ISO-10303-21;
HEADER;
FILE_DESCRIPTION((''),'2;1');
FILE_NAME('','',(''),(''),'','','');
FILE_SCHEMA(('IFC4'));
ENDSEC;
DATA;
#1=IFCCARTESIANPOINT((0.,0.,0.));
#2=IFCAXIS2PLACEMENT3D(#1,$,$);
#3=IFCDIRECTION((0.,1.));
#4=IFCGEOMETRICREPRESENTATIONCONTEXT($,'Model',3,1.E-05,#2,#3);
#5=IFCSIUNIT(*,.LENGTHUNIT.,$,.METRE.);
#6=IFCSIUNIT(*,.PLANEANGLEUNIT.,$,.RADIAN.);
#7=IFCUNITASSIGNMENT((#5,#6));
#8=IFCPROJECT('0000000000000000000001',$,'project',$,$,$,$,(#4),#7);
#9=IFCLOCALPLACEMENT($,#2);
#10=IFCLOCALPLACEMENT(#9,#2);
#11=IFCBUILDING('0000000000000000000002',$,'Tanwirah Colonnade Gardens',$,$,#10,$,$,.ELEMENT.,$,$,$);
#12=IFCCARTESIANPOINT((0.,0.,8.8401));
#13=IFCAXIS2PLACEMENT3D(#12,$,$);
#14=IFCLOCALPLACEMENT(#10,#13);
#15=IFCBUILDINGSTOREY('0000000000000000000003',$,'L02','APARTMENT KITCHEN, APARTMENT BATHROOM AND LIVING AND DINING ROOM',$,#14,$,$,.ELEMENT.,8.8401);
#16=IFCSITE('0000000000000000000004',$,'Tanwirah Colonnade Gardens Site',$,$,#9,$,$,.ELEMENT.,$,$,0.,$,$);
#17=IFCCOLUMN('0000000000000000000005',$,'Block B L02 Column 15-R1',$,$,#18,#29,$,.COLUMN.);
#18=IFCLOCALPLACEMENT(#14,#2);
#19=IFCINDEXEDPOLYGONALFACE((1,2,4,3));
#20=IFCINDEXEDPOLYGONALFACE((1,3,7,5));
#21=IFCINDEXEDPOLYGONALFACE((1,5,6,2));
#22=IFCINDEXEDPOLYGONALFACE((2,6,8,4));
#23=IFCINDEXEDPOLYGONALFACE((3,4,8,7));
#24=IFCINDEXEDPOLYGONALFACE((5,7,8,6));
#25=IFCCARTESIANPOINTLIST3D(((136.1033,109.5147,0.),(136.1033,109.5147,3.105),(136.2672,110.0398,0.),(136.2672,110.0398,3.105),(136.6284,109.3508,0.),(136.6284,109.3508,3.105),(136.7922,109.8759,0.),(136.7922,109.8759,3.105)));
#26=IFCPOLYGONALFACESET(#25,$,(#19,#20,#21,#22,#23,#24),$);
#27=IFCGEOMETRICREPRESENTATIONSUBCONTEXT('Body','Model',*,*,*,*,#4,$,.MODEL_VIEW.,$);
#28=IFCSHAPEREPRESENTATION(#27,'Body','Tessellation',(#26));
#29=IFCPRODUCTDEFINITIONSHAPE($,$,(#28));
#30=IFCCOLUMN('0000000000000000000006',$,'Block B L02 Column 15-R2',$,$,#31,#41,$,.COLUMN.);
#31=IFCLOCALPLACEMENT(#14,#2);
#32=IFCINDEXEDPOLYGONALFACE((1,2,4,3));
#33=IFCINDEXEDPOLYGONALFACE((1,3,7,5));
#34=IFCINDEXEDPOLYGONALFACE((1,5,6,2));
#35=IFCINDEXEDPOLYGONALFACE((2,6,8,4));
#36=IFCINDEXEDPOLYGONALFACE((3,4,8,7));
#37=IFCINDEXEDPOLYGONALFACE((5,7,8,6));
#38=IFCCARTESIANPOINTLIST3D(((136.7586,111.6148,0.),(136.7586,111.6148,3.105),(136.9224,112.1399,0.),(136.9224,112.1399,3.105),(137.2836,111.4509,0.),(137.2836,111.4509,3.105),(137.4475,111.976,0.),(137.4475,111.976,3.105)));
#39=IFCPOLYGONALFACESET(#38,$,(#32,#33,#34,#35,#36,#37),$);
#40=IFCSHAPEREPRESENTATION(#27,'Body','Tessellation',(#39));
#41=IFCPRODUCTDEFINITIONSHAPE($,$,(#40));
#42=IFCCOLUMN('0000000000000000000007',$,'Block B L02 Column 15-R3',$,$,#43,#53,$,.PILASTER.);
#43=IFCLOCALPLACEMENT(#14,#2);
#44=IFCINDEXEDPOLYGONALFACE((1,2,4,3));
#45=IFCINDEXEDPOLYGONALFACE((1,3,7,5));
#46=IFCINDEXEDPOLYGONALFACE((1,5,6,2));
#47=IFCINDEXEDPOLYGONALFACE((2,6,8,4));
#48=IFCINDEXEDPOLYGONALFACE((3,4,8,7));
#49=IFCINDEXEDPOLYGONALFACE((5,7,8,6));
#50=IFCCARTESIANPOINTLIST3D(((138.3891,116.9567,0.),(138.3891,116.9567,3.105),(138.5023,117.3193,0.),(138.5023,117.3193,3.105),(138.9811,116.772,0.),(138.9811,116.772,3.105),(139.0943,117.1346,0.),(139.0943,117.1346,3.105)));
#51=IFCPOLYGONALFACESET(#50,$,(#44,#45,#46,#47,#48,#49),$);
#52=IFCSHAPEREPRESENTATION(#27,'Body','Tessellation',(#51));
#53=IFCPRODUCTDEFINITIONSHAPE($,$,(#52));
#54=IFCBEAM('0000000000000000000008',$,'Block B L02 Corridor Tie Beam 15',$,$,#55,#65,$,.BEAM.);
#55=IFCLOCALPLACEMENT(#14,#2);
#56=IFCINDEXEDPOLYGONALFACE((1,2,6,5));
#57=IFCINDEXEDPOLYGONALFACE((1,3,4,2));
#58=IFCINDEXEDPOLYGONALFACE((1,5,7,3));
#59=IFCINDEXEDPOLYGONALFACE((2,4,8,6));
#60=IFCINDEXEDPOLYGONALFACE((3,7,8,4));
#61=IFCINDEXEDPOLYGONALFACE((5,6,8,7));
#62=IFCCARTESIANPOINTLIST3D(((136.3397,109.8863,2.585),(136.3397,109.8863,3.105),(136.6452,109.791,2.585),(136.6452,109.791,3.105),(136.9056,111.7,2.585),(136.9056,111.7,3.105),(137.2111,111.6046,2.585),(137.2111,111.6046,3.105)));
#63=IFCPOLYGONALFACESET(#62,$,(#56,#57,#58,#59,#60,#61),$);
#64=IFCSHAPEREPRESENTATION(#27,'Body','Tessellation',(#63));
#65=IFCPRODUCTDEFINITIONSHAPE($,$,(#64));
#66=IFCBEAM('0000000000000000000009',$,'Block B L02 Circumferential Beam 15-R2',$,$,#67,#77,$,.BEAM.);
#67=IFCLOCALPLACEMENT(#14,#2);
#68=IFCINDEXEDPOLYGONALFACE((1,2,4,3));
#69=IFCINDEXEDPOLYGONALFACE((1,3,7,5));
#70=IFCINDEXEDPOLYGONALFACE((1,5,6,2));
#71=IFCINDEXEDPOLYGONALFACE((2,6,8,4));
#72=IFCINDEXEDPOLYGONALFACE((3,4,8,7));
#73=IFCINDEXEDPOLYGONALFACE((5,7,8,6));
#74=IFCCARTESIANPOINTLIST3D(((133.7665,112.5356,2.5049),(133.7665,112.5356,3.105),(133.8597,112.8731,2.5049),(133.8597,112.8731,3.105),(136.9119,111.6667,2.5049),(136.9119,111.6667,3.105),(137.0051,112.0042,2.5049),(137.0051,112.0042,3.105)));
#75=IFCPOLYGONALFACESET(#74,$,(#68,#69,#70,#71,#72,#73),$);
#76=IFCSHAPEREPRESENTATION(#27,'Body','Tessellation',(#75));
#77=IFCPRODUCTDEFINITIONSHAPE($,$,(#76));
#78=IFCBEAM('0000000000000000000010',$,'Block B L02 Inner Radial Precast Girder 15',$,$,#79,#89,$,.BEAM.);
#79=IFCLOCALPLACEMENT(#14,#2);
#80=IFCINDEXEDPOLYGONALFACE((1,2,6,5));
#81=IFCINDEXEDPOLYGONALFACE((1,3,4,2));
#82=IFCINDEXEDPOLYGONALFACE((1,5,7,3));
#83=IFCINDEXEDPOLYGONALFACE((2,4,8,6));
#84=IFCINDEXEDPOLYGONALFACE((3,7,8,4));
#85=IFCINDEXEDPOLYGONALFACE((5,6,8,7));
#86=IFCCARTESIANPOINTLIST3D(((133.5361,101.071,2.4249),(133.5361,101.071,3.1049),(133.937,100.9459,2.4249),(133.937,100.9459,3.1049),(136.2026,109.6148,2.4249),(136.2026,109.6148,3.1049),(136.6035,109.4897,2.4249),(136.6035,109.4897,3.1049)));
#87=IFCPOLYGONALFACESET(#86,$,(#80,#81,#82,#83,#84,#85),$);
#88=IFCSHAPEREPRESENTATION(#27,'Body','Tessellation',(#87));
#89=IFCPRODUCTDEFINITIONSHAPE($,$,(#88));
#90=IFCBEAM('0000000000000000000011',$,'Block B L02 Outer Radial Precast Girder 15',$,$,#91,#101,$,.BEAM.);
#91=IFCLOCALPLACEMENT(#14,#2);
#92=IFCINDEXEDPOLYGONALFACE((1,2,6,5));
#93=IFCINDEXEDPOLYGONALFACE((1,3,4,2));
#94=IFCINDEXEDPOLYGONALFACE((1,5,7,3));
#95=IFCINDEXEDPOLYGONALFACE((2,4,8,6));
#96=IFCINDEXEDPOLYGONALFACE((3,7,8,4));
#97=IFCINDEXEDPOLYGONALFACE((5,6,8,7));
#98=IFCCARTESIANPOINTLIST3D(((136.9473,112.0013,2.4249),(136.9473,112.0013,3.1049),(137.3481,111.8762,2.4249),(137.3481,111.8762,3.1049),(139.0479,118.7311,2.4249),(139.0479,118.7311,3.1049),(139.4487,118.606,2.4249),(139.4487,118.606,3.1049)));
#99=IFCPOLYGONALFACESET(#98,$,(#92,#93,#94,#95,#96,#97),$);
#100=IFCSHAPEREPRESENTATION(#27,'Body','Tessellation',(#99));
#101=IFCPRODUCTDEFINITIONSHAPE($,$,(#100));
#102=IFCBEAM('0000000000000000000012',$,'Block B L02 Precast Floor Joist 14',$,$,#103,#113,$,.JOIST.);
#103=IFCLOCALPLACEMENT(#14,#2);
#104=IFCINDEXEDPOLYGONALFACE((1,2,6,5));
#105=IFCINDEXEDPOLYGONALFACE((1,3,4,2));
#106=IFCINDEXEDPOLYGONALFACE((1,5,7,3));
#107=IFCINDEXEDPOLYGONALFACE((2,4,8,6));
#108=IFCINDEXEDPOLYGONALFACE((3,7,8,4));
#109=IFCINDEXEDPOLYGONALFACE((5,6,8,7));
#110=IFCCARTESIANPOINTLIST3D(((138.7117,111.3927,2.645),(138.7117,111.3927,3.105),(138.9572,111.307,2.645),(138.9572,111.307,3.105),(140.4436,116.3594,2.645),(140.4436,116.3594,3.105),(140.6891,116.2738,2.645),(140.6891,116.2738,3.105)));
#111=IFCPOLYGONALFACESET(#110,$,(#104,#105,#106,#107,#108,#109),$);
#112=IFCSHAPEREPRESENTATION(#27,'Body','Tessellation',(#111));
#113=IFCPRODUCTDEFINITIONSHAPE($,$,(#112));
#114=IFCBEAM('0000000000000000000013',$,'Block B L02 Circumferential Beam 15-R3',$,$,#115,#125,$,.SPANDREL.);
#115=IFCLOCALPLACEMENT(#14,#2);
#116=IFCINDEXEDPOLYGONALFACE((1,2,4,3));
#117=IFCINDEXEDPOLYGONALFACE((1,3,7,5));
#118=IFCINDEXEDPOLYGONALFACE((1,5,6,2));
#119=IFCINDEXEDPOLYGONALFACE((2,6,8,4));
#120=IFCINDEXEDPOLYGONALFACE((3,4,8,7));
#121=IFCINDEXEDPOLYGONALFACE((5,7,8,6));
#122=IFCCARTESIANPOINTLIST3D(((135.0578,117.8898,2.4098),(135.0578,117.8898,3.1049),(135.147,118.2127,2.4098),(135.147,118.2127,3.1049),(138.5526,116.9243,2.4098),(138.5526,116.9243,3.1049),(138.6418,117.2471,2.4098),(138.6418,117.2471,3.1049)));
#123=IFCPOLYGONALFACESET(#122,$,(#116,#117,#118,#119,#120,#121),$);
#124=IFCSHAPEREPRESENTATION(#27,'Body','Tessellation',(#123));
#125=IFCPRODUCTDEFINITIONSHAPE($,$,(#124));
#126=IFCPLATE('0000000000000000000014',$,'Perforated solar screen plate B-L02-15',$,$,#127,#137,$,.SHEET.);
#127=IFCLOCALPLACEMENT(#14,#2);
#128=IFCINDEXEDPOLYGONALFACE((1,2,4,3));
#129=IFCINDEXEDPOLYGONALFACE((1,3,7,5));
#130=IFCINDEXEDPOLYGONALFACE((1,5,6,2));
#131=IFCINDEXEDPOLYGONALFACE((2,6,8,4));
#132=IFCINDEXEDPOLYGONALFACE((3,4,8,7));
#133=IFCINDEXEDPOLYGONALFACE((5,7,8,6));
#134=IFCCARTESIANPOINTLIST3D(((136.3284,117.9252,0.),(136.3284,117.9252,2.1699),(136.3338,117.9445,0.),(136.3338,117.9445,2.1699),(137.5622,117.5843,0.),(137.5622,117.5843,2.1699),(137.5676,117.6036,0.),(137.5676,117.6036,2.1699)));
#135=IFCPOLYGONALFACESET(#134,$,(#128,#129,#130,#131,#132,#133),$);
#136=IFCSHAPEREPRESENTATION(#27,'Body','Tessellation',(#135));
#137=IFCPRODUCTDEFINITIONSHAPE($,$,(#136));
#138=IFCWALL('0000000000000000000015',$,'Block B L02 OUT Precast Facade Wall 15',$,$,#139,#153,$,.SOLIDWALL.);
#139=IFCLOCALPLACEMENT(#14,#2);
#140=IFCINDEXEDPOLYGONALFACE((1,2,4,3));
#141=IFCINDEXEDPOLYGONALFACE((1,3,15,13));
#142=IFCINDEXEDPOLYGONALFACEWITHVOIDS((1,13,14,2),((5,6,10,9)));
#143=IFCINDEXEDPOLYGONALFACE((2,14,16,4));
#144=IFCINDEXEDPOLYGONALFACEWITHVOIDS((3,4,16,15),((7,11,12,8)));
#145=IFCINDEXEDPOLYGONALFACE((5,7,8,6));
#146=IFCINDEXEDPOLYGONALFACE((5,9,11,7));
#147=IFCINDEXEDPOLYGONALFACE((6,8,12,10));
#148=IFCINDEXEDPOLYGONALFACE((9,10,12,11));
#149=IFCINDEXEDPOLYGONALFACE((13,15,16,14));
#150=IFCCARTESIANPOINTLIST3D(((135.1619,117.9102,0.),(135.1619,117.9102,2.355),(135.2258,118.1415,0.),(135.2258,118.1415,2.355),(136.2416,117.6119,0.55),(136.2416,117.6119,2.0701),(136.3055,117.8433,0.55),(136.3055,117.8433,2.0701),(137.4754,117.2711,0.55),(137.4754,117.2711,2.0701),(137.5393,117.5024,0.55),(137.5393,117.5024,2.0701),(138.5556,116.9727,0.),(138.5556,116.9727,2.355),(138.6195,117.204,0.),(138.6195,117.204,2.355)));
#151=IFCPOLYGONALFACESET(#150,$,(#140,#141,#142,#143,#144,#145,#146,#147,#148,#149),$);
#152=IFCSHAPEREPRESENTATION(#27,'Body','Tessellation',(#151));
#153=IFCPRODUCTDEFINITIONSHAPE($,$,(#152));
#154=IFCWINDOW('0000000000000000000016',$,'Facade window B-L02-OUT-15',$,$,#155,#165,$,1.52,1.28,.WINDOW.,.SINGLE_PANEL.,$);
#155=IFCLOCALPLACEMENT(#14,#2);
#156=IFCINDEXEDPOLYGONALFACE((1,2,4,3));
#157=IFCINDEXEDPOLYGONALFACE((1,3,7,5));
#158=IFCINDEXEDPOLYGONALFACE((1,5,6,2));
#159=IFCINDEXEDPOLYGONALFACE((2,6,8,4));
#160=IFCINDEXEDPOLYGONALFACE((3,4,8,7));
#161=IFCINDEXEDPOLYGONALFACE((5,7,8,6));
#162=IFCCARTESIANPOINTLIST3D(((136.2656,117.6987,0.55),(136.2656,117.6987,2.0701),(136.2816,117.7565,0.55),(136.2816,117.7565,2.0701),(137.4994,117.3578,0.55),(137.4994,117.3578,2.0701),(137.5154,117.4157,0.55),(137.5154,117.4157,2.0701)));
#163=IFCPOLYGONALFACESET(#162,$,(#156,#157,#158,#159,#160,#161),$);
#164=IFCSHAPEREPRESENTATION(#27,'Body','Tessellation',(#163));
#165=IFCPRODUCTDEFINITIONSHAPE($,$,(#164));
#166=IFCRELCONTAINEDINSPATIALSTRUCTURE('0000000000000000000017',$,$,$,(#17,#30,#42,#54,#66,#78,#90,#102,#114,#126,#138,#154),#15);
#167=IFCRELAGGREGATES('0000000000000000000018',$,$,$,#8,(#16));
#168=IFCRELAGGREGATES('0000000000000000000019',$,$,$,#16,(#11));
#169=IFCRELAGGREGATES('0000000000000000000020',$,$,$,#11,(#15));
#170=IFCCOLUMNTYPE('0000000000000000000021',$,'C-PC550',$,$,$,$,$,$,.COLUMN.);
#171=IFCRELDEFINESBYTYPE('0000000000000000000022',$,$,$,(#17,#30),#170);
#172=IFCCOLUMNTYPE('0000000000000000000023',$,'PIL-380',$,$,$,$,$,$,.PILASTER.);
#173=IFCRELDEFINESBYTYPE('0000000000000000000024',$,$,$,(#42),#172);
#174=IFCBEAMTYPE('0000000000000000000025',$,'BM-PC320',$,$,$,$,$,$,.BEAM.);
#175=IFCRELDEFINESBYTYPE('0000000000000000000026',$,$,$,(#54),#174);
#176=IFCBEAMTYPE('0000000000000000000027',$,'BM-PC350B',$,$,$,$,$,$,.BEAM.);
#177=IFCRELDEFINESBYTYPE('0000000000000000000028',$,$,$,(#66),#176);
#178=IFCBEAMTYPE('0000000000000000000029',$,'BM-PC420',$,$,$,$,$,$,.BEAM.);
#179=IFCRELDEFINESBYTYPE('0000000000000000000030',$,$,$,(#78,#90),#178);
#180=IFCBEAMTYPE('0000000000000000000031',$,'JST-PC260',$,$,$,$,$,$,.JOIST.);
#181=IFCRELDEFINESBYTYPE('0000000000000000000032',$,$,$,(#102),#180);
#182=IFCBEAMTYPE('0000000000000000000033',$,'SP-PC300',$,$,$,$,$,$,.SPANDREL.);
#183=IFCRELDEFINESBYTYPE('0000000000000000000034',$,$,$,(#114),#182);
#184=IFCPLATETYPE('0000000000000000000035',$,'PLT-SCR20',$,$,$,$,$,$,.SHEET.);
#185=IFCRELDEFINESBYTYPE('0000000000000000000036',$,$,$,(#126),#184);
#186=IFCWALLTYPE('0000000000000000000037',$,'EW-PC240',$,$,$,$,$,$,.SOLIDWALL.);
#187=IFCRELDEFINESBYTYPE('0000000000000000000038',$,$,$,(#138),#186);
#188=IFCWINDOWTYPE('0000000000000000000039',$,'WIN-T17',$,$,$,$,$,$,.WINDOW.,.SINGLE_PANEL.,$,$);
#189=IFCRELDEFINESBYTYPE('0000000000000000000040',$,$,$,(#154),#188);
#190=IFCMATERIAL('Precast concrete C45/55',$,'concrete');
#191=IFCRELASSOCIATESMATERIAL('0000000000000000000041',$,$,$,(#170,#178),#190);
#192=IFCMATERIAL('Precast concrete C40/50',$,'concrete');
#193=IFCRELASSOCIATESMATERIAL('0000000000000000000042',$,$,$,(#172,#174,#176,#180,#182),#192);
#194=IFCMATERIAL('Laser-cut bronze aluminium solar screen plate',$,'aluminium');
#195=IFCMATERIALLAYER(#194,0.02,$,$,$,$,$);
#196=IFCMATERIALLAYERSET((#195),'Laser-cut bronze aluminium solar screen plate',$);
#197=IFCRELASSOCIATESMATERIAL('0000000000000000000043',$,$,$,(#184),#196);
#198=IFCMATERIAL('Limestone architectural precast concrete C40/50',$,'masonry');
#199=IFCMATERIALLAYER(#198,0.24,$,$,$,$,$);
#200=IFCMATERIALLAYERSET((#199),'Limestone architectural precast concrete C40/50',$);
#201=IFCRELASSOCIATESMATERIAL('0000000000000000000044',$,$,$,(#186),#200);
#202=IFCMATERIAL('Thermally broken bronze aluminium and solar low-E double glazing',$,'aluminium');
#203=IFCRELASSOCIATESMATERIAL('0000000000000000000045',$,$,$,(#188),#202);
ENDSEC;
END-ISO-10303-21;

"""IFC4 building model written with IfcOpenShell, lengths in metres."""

from ifc_helpers import new_model, si_unit, direction, frame, frame_2d, origin, origin_2d, place, context, subcontext, project, spatial, rectangle, extrude, material, layer, layer_set, material_profile, profile_set, type_object, element, fill, save


model = new_model("IFC4")

# Units and contexts
model_context = context("Model", 3, precision=1e-05, world=origin(), true_north=direction((0.0, 1.0)))
body_context = subcontext(model_context, "Body", "Model", "MODEL_VIEW")
ifc_project = project(units=[si_unit("LENGTHUNIT", "METRE"), si_unit("PLANEANGLEUNIT", "RADIAN")], contexts=[model_context])

# Site, building, storey
site_placement = place(None, origin())
site = spatial("IfcSite", under=ifc_project, at=site_placement, Name="Tanwirah Colonnade Gardens Site", CompositionType="ELEMENT", RefElevation=0.0)
building_placement = place(site_placement, origin())
building = spatial("IfcBuilding", under=site, at=building_placement, Name="Tanwirah Colonnade Gardens", CompositionType="ELEMENT")
storey_placement = place(building_placement, frame((0.0, 0.0, 8.8401)))
storey = spatial("IfcBuildingStorey", under=building, at=storey_placement, Name="L02", Description="APARTMENT KITCHEN, APARTMENT BATHROOM AND LIVING AND DINING ROOM", CompositionType="ELEMENT", Elevation=8.8401)

# Columns
ifc_material_1 = material(Name="Precast concrete C45/55", Category="concrete")
ifc_material_profile_1 = material_profile(ifc_material_1, rectangle(XDim=0.55, YDim=0.55, at=origin_2d()), Name="PC-COL 550x550")
ifc_profile_set_1 = profile_set([ifc_material_profile_1], Name="Precast concrete C45/55")
column_type_1 = type_object("IfcColumnType", Name="C-PC550", PredefinedType="COLUMN", material=ifc_profile_set_1)
for number, where, z_axis, x_axis, name in (
    (1, (136.4478, 109.6953, 0.0), (0.0, 0.0, 1.0), (0.29793, 0.954588, 0.0), "Block B L02 Column 15-R1"),
    (2, (137.103, 111.7954, 0.0), (0.0, 0.0, 1.0), (0.29793, 0.954588, 0.0), "Block B L02 Column 15-R2"),
):
    element("IfcColumn", number, at=place(storey_placement, frame(where, z_axis=z_axis, x_axis=x_axis)), inside=storey, type_object=column_type_1, Name=name, PredefinedType="COLUMN", context=body_context, shape_type="SweptSolid", body=[
        extrude(rectangle(XDim=0.55, YDim=0.55, at=origin_2d()), origin(), (0.0, 0.0, 1.0), 3.105),
    ])
ifc_material_2 = material(Name="Precast concrete C40/50", Category="concrete")
ifc_material_profile_2 = material_profile(ifc_material_2, rectangle(XDim=0.3799, YDim=0.6201, at=origin_2d()), Name="PC-PIL 380x620")
ifc_profile_set_2 = profile_set([ifc_material_profile_2], Name="Precast concrete C40/50")
column_type_2 = type_object("IfcColumnType", Name="PIL-380", PredefinedType="PILASTER", material=ifc_profile_set_2)
column_placement = place(storey_placement, frame((138.7417, 117.0457, 0.0), z_axis=(0.0, 0.0, 1.0), x_axis=(0.29793, 0.954588, 0.0)))
element("IfcColumn", 3, at=column_placement, inside=storey, type_object=column_type_2, Name="Block B L02 Column 15-R3", PredefinedType="PILASTER", context=body_context, shape_type="SweptSolid", body=[
    extrude(rectangle(XDim=0.3799, YDim=0.6201, at=origin_2d()), origin(), (0.0, 0.0, 1.0), 3.105),
])

# Beams
ifc_material_profile_3 = material_profile(ifc_material_2, rectangle(XDim=0.3201, YDim=0.52, at=origin_2d()), Name="PC-BM 320x520")
ifc_profile_set_3 = profile_set([ifc_material_profile_3], Name="Precast concrete C40/50")
beam_type_1 = type_object("IfcBeamType", Name="BM-PC320", PredefinedType="BEAM", material=ifc_profile_set_3)
beam_1_placement = place(storey_placement, frame((136.4924, 109.8386, 2.845), z_axis=(0.297858, 0.95461, 0.0), x_axis=(-0.95461, 0.297858, 0.0)))
element("IfcBeam", 4, at=beam_1_placement, inside=storey, type_object=beam_type_1, Name="Block B L02 Corridor Tie Beam 15", PredefinedType="BEAM", context=body_context, shape_type="SweptSolid", body=[
    extrude(rectangle(XDim=0.3201, YDim=0.52, at=origin_2d()), origin(), (0.0, 0.0, 1.0), 1.8999),
])
ifc_material_profile_4 = material_profile(ifc_material_2, rectangle(XDim=0.3501, YDim=0.6001, at=origin_2d()), Name="PC-BM 350x600")
ifc_profile_set_4 = profile_set([ifc_material_profile_4], Name="Precast concrete C40/50")
beam_type_2 = type_object("IfcBeamType", Name="BM-PC350B", PredefinedType="BEAM", material=ifc_profile_set_4)
beam_2_placement = place(storey_placement, frame((136.9585, 111.8354, 2.8049), z_axis=(-0.963895, 0.266281, 0.0), x_axis=(-0.266281, -0.963895, 0.0)))
element("IfcBeam", 5, at=beam_2_placement, inside=storey, type_object=beam_type_2, Name="Block B L02 Circumferential Beam 15-R2", PredefinedType="BEAM", context=body_context, shape_type="SweptSolid", body=[
    extrude(rectangle(XDim=0.3501, YDim=0.6001, at=origin_2d()), origin(), (0.0, 0.0, 1.0), 3.2632),
])
ifc_material_profile_5 = material_profile(ifc_material_1, rectangle(XDim=0.4199, YDim=0.6799, at=origin_2d()), Name="PC-BM 420x680")
ifc_profile_set_5 = profile_set([ifc_material_profile_5], Name="Precast concrete C45/55")
beam_type_3 = type_object("IfcBeamType", Name="BM-PC420", PredefinedType="BEAM", material=ifc_profile_set_5)
beam_3_placement = place(storey_placement, frame((136.4031, 109.5522, 2.7649), z_axis=(-0.297929, -0.954588, 0.0), x_axis=(0.954588, -0.297929, 0.0)))
element("IfcBeam", 6, at=beam_3_placement, inside=storey, type_object=beam_type_3, Name="Block B L02 Inner Radial Precast Girder 15", PredefinedType="BEAM", context=body_context, shape_type="SweptSolid", body=[
    extrude(rectangle(XDim=0.4199, YDim=0.6799, at=origin_2d()), origin(), (0.0, 0.0, 1.0), 8.9502),
])
beam_4_placement = place(storey_placement, frame((137.1477, 111.9387, 2.7649), z_axis=(0.297958, 0.954579, 0.0), x_axis=(-0.954579, 0.297958, 0.0)))
element("IfcBeam", 7, at=beam_4_placement, inside=storey, type_object=beam_type_3, Name="Block B L02 Outer Radial Precast Girder 15", PredefinedType="BEAM", context=body_context, shape_type="SweptSolid", body=[
    extrude(rectangle(XDim=0.4199, YDim=0.6799, at=origin_2d()), origin(), (0.0, 0.0, 1.0), 7.05),
])
ifc_material_profile_6 = material_profile(ifc_material_2, rectangle(XDim=0.26, YDim=0.46, at=origin_2d()), Name="PC-JST 260x460")
ifc_profile_set_6 = profile_set([ifc_material_profile_6], Name="Precast concrete C40/50")
beam_type_4 = type_object("IfcBeamType", Name="JST-PC260", PredefinedType="JOIST", material=ifc_profile_set_6)
beam_5_placement = place(storey_placement, frame((138.8345, 111.3499, 2.875), z_axis=(0.329259, 0.94424, 0.0), x_axis=(-0.94424, 0.329259, 0.0)))
element("IfcBeam", 8, at=beam_5_placement, inside=storey, type_object=beam_type_4, Name="Block B L02 Precast Floor Joist 14", PredefinedType="JOIST", context=body_context, shape_type="SweptSolid", body=[
    extrude(rectangle(XDim=0.26, YDim=0.46, at=origin_2d()), origin(), (0.0, 0.0, 1.0), 5.26),
])
ifc_material_profile_7 = material_profile(ifc_material_2, rectangle(XDim=0.335, YDim=0.6951, at=origin_2d()), Name="PC-SP 335x695")
ifc_profile_set_7 = profile_set([ifc_material_profile_7], Name="Precast concrete C40/50")
beam_type_5 = type_object("IfcBeamType", Name="SP-PC300", PredefinedType="SPANDREL", material=ifc_profile_set_7)
beam_6_placement = place(storey_placement, frame((138.5972, 117.0857, 2.7573), z_axis=(-0.963888, 0.266307, 0.0), x_axis=(-0.266307, -0.963888, 0.0)))
element("IfcBeam", 9, at=beam_6_placement, inside=storey, type_object=beam_type_5, Name="Block B L02 Circumferential Beam 15-R3", PredefinedType="SPANDREL", context=body_context, shape_type="SweptSolid", body=[
    extrude(rectangle(XDim=0.335, YDim=0.6951, at=origin_2d()), origin(), (0.0, 0.0, 1.0), 3.6257),
])

# Plate
ifc_material_3 = material(Name="Laser-cut bronze aluminium solar screen plate", Category="aluminium")
ifc_layer_1 = layer(ifc_material_3, 0.02)
ifc_layer_set_1 = layer_set([ifc_layer_1], Name="Laser-cut bronze aluminium solar screen plate")
plate_type = type_object("IfcPlateType", Name="PLT-SCR20", PredefinedType="SHEET", material=ifc_layer_set_1)
plate_placement = place(storey_placement, frame((136.948, 117.7644, 0.0), z_axis=(0.0, 0.0, 1.0), x_axis=(-0.963889, 0.266305, 0.0)))
element("IfcPlate", 10, at=plate_placement, inside=storey, type_object=plate_type, Name="Perforated solar screen plate B-L02-15", PredefinedType="SHEET", context=body_context, shape_type="SweptSolid", body=[
    extrude(rectangle(XDim=1.28, YDim=0.02, at=origin_2d()), origin(), (0.0, 0.0, 1.0), 2.1699),
])

# Wall, opening, window
ifc_material_4 = material(Name="Limestone architectural precast concrete C40/50", Category="masonry")
ifc_layer_2 = layer(ifc_material_4, 0.24)
ifc_layer_set_2 = layer_set([ifc_layer_2], Name="Limestone architectural precast concrete C40/50")
wall_type_1 = type_object("IfcWallType", Name="EW-PC240", PredefinedType="SOLIDWALL", material=ifc_layer_set_2)
wall_1_placement = place(storey_placement, frame((138.5874, 117.0884, 0.0), z_axis=(0.0, 0.0, 1.0), x_axis=(-0.963894, 0.266285, 0.0)))
wall_1 = element("IfcWall", 11, at=wall_1_placement, inside=storey, type_object=wall_type_1, Name="Block B L02 OUT Precast Facade Wall 15", PredefinedType="SOLIDWALL", context=body_context, shape_type="SweptSolid", body=[
    extrude(rectangle(XDim=3.5208, YDim=0.24, at=frame_2d((1.7603, 0.0))), origin(), (0.0, 0.0, 1.0), 2.355),
])
opening_1_placement = place(wall_1_placement, frame((1.1204, 0.0, 0.55)))
opening_1 = element("IfcOpeningElement", 12, at=opening_1_placement, cuts=wall_1, PredefinedType="OPENING", context=body_context, shape_type="SweptSolid", body=[
    extrude(rectangle(XDim=1.28, YDim=1.52, at=frame_2d((0.6401, 0.76))), frame((0.0, 0.1299, 0.0), z_axis=(0.0, -1.0, 0.0), x_axis=(1.0, 0.0, 0.0)), (0.0, 0.0, 1.0), 0.26),
])
ifc_material_5 = material(Name="Thermally broken bronze aluminium and solar low-E double glazing", Category="aluminium")
window_type = type_object("IfcWindowType", Name="WIN-T17", PartitioningType="SINGLE_PANEL", PredefinedType="WINDOW", material=ifc_material_5)
window_placement = place(opening_1_placement, origin())
window = element("IfcWindow", 13, at=window_placement, inside=storey, type_object=window_type, Name="Facade window B-L02-OUT-15", OverallHeight=1.52, OverallWidth=1.28, PartitioningType="SINGLE_PANEL", PredefinedType="WINDOW", context=body_context, shape_type="SweptSolid", body=[
    extrude(rectangle(XDim=1.28, YDim=1.52, at=frame_2d((0.6401, 0.76))), frame((0.0, 0.03, 0.0), z_axis=(0.0, -1.0, 0.0), x_axis=(1.0, 0.0, 0.0)), (0.0, 0.0, 1.0), 0.0601),
])
fill(opening_1, window)

save(model, "model.ifc")
